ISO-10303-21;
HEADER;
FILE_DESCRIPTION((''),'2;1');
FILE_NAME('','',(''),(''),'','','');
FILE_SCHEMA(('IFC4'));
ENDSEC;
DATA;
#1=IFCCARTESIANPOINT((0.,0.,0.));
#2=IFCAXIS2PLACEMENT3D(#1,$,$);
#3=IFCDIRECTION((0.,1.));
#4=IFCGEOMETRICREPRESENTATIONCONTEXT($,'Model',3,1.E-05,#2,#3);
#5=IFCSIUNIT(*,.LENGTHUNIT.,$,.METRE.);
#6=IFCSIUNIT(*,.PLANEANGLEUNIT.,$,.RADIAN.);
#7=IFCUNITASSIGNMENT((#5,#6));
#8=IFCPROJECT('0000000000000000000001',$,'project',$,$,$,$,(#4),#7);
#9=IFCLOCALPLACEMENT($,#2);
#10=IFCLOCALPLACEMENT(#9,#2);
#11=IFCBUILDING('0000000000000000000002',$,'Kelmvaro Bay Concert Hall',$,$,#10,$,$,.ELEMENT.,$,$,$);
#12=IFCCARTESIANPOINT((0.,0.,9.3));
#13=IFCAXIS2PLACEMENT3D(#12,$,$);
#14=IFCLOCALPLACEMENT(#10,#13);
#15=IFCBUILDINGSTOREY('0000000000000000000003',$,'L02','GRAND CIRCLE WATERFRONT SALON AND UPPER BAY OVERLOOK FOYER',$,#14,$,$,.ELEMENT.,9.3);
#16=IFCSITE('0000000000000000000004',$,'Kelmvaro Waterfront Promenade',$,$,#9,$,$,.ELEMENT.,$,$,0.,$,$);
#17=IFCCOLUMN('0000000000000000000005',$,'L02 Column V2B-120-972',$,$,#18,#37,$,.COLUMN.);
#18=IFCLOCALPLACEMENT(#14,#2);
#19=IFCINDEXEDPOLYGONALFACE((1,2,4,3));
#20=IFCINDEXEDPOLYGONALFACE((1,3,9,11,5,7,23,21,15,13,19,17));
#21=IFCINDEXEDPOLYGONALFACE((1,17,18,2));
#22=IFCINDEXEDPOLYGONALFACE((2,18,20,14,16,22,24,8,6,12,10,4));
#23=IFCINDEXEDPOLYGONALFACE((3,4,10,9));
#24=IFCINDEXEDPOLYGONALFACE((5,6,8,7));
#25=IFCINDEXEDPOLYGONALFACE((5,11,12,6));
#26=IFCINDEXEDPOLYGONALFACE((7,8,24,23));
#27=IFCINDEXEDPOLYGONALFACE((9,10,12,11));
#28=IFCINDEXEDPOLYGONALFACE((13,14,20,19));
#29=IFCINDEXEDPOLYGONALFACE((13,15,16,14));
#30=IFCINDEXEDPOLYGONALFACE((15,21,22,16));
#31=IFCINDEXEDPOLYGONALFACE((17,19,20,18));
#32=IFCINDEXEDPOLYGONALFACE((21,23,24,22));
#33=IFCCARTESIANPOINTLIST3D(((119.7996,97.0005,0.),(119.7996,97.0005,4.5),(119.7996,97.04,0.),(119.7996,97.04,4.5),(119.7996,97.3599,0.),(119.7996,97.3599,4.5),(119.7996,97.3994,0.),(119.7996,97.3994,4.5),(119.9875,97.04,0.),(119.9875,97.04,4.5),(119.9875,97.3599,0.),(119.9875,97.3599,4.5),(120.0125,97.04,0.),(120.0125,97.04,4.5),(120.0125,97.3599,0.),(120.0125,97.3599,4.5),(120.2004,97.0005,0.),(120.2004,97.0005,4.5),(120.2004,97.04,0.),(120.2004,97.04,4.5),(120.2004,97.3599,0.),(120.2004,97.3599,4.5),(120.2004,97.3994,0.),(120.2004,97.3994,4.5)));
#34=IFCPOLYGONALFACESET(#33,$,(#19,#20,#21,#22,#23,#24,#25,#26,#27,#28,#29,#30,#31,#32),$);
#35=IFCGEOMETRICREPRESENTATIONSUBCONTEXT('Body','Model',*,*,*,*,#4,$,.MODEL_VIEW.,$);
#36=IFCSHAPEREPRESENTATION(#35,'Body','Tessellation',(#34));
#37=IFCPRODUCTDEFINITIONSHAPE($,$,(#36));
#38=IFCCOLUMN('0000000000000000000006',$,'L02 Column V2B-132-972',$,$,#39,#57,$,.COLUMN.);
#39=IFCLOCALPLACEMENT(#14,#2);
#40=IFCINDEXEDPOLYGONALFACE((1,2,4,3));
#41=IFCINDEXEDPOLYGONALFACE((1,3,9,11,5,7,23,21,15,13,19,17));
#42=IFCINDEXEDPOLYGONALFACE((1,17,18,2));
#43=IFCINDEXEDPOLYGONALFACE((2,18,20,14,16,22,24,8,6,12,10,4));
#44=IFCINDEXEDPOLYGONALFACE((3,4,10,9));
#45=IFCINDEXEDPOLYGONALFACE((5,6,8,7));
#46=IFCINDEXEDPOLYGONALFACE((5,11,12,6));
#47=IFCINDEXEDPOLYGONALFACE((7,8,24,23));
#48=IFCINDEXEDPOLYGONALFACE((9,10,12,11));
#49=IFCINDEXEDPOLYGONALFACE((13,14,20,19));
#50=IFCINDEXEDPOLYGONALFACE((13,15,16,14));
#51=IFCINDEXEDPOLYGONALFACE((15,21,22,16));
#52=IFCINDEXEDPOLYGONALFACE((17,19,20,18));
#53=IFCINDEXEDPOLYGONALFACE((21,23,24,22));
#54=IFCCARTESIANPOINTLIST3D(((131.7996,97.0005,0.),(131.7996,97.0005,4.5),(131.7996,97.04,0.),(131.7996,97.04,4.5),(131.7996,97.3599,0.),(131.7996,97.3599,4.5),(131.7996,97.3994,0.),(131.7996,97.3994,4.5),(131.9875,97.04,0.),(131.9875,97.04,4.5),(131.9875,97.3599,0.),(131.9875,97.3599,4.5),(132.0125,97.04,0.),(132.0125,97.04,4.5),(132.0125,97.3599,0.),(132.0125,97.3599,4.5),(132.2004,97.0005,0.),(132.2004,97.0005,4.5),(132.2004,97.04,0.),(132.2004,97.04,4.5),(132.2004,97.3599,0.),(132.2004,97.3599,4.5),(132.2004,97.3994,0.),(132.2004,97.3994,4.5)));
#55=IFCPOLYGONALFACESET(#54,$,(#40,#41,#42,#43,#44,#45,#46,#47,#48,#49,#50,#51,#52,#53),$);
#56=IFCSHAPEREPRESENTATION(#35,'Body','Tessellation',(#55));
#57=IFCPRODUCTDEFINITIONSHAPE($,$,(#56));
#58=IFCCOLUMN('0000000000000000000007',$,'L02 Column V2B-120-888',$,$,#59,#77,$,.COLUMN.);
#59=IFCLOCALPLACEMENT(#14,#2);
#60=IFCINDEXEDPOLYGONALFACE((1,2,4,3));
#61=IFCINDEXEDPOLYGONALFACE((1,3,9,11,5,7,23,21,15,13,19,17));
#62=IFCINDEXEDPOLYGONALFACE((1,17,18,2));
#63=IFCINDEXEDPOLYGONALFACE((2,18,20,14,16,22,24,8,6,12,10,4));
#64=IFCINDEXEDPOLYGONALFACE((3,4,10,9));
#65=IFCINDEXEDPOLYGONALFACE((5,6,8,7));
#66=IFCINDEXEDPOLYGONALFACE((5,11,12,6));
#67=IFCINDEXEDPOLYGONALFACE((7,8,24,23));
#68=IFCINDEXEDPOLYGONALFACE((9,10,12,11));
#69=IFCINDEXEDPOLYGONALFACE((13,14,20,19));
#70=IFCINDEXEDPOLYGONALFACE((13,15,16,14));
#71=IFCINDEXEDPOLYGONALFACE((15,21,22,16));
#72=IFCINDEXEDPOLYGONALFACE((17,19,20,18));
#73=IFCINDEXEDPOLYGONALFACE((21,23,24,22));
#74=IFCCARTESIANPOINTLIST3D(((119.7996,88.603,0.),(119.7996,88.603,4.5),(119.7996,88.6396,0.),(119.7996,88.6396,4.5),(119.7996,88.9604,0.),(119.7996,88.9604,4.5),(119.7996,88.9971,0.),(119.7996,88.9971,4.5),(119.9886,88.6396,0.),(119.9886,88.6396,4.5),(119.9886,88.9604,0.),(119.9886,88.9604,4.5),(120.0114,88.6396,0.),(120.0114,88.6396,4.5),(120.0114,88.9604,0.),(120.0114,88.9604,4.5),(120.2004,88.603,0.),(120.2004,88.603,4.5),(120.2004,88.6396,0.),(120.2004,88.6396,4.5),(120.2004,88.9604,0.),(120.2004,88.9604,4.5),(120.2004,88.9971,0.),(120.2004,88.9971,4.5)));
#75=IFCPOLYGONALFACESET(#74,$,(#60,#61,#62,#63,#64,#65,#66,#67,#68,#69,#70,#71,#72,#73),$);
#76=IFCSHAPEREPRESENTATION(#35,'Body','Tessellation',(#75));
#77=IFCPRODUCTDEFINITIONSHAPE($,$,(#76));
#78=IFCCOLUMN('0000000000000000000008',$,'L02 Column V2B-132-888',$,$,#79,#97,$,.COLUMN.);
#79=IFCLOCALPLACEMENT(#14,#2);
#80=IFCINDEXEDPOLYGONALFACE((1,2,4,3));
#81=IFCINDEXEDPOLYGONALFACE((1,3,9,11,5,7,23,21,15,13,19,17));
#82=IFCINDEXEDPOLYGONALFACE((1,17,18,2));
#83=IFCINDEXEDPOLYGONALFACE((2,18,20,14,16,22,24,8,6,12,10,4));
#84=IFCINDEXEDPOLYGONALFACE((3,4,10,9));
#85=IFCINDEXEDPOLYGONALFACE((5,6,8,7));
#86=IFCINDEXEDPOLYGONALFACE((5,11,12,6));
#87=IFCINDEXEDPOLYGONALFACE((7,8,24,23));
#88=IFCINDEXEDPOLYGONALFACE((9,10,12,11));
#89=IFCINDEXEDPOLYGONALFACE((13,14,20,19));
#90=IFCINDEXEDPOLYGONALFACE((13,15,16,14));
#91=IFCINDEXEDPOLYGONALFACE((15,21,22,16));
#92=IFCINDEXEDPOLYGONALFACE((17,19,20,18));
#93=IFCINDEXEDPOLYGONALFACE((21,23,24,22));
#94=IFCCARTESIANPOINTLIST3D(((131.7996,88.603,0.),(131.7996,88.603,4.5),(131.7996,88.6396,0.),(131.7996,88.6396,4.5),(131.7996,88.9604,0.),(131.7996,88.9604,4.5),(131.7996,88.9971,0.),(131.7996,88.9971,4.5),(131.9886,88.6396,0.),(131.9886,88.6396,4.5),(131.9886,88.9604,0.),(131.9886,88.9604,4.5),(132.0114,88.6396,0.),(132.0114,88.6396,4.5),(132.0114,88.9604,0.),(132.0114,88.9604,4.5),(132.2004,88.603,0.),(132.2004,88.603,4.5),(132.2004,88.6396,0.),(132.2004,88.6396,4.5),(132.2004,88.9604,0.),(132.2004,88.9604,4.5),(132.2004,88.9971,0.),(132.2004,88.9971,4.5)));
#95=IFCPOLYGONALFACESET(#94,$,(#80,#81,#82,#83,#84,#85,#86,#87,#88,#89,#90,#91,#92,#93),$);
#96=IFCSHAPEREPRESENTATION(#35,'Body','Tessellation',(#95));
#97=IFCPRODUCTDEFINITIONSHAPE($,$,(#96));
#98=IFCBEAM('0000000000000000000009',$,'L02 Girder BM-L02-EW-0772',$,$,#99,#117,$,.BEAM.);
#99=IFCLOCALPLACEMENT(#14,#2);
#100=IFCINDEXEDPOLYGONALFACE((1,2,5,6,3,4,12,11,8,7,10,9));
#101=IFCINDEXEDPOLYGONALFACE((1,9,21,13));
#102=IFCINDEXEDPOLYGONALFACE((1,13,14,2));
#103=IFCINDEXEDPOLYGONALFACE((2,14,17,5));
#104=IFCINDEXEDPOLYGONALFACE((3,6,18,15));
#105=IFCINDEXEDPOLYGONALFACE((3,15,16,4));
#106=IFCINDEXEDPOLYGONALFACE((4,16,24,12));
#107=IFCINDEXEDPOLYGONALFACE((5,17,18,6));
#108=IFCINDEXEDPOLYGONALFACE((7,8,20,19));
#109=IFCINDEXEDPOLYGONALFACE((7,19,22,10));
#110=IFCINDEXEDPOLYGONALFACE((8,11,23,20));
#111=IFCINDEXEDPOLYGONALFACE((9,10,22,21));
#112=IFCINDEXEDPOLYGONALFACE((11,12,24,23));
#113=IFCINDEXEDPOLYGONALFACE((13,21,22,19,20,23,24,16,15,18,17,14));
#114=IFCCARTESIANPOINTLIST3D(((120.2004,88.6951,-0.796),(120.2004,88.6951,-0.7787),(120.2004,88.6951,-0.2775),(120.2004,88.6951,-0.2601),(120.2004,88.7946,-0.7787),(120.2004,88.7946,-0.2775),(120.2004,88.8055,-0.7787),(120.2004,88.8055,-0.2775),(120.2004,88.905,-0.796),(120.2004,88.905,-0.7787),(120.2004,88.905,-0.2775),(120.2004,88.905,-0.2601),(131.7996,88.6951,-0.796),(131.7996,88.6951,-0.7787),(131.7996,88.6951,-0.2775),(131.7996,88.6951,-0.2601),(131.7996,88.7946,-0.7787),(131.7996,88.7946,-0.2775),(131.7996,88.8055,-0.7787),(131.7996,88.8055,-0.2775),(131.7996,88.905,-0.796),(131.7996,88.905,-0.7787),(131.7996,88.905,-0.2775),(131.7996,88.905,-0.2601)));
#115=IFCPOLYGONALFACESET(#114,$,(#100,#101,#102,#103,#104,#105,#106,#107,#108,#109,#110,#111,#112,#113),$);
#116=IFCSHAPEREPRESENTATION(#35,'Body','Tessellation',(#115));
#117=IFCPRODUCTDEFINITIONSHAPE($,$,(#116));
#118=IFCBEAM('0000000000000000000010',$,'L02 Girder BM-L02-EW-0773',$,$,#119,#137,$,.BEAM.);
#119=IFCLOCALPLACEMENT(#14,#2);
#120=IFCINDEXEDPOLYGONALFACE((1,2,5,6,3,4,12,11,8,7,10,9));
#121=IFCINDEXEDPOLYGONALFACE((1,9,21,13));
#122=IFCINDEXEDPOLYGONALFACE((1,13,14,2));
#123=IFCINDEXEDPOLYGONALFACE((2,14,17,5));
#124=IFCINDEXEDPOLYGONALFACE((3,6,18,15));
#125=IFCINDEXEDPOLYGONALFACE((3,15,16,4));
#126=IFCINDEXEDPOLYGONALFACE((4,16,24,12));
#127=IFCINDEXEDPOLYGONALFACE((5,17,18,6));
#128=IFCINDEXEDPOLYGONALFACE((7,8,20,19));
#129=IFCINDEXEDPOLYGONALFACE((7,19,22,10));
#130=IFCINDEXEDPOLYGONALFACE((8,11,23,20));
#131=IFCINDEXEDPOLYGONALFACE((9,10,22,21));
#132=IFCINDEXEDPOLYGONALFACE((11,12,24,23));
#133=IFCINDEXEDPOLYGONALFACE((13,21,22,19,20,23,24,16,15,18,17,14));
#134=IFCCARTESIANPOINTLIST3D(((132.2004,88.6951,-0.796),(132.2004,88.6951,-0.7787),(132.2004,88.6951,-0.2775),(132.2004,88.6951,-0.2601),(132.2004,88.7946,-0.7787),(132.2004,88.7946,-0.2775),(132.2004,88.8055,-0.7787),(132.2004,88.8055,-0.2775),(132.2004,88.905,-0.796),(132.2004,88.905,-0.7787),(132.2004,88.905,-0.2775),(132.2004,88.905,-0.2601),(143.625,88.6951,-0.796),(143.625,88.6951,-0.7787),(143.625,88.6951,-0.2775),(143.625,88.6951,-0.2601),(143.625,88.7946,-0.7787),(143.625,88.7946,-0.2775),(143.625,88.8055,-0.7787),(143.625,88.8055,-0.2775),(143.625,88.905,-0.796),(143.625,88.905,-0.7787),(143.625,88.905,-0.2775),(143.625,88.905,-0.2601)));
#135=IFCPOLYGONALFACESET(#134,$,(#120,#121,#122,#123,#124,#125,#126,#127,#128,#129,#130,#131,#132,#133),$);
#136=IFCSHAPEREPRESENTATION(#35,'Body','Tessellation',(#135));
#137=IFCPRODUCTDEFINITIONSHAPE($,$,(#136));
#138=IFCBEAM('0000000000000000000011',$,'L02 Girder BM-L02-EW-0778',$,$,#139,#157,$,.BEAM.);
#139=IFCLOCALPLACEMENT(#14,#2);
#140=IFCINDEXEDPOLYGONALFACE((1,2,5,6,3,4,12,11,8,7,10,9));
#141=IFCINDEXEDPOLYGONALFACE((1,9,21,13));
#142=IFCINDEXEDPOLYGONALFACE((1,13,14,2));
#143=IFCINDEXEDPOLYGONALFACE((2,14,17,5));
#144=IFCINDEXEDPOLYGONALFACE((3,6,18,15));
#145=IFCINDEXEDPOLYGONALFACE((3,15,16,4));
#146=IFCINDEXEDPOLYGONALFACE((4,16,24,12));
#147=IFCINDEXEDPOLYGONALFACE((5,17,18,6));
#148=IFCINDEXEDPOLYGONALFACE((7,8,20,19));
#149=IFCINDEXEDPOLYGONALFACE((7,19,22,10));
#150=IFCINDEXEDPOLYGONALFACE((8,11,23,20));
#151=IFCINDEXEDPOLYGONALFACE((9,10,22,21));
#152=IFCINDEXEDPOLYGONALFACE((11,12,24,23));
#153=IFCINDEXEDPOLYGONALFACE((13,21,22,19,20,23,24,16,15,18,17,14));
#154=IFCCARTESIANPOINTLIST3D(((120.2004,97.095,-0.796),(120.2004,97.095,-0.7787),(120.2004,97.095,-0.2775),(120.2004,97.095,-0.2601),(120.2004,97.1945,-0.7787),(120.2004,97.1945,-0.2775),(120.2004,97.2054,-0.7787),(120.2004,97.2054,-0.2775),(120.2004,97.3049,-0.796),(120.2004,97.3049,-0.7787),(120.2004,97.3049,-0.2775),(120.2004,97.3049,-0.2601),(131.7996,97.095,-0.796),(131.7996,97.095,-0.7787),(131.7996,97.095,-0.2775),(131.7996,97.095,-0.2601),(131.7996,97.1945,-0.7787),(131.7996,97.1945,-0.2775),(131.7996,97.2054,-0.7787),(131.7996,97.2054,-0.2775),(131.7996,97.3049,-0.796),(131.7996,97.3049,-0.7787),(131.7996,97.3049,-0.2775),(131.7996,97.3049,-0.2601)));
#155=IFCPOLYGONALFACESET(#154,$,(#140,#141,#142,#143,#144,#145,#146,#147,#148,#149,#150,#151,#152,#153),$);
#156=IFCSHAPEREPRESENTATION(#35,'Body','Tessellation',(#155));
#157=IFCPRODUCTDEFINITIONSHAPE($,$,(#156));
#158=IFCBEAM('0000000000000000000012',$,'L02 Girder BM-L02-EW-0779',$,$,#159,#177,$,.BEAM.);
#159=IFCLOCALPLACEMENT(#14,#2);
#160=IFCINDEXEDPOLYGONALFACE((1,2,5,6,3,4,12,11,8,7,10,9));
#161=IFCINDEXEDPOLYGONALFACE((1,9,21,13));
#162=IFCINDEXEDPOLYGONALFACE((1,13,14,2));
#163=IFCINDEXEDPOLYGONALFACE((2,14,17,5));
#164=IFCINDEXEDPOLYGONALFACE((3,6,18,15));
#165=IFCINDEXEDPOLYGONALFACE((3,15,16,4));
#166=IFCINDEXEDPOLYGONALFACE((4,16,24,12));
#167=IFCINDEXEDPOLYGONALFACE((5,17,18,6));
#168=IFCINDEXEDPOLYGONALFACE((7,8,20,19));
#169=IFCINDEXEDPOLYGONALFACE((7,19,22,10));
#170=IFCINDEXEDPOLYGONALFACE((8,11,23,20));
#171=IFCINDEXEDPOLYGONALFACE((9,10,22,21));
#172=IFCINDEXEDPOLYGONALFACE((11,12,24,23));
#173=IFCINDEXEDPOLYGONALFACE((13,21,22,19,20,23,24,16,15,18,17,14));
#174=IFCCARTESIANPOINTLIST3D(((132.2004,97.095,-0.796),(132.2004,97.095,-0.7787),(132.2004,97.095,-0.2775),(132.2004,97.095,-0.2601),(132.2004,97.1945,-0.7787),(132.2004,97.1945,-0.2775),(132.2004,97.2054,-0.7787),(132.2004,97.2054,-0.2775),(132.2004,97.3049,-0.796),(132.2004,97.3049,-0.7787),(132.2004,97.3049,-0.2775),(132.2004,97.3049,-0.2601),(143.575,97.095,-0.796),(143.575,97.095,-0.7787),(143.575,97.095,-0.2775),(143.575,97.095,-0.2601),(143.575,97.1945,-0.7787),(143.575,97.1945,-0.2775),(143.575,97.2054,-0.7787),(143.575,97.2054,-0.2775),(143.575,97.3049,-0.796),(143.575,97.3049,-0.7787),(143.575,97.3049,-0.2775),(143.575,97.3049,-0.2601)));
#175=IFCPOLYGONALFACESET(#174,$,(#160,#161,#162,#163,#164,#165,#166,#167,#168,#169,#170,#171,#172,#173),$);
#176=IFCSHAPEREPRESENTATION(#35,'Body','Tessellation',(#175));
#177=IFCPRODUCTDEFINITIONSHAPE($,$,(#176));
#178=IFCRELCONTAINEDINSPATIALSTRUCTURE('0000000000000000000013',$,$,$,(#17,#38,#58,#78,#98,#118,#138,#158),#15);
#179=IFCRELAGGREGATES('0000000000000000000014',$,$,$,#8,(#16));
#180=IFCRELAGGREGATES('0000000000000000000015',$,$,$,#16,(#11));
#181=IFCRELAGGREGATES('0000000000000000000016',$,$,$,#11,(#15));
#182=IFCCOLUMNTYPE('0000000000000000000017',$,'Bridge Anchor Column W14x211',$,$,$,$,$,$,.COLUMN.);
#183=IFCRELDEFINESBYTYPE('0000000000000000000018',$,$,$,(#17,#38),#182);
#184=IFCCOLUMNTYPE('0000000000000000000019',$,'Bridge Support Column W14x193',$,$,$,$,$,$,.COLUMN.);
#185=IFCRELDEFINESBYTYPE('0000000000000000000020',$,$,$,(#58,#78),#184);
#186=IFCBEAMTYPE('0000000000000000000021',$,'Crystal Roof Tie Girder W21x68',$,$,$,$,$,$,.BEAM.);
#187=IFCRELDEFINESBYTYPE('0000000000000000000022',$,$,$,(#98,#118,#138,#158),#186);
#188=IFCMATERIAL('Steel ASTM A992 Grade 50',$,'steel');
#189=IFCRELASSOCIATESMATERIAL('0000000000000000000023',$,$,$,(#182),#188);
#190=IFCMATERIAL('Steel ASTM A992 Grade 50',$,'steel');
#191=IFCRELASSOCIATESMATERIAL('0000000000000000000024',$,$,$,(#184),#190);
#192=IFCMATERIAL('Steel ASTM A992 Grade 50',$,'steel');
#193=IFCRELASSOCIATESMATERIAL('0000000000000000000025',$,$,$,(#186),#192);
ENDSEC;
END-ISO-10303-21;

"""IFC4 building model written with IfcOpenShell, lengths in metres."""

from ifc_helpers import new_model, si_unit, direction, frame, origin, origin_2d, place, context, subcontext, project, spatial, i_section, extrude, material, material_profile, profile_set, type_object, element, save


model = new_model("IFC4")

# Units and contexts
model_context = context("Model", 3, precision=1e-05, world=origin(), true_north=direction((0.0, 1.0)))
body_context = subcontext(model_context, "Body", "Model", "MODEL_VIEW")
ifc_project = project(units=[si_unit("LENGTHUNIT", "METRE"), si_unit("PLANEANGLEUNIT", "RADIAN")], contexts=[model_context])

# Site, building, storey
site_placement = place(None, origin())
site = spatial("IfcSite", under=ifc_project, at=site_placement, Name="Kelmvaro Waterfront Promenade", CompositionType="ELEMENT", RefElevation=0.0)
building_placement = place(site_placement, origin())
building = spatial("IfcBuilding", under=site, at=building_placement, Name="Kelmvaro Bay Concert Hall", CompositionType="ELEMENT")
storey_placement = place(building_placement, frame((0.0, 0.0, 9.3)))
storey = spatial("IfcBuildingStorey", under=building, at=storey_placement, Name="L02", Description="GRAND CIRCLE WATERFRONT SALON AND UPPER BAY OVERLOOK FOYER", CompositionType="ELEMENT", Elevation=9.3)

# Columns
ifc_material_1 = material(Name="Steel ASTM A992 Grade 50", Category="steel")
ifc_material_profile_1 = material_profile(ifc_material_1, i_section(OverallWidth=0.4009, OverallDepth=0.3989, WebThickness=0.0249, FlangeThickness=0.0396, at=origin_2d()), Name="W14X211")
ifc_profile_set_1 = profile_set([ifc_material_profile_1], Name="Steel ASTM A992 Grade 50")
column_type_1 = type_object("IfcColumnType", Name="Bridge Anchor Column W14x211", PredefinedType="COLUMN", material=ifc_profile_set_1)
for number, where, z_axis, x_axis, name in (
    (1, (120.0, 97.2, 0.0), (0.0, 0.0, 1.0), (1.0, 0.0, 0.0), "L02 Column V2B-120-972"),
    (2, (132.0, 97.2, 0.0), (0.0, 0.0, 1.0), (1.0, 0.0, 0.0), "L02 Column V2B-132-972"),
):
    element("IfcColumn", number, at=place(storey_placement, frame(where, z_axis=z_axis, x_axis=x_axis)), inside=storey, type_object=column_type_1, Name=name, PredefinedType="COLUMN", context=body_context, shape_type="SweptSolid", body=[
        extrude(i_section(OverallWidth=0.4009, OverallDepth=0.3989, WebThickness=0.0249, FlangeThickness=0.0396, at=origin_2d()), origin(), (0.0, 0.0, 1.0), 4.5),
    ])
ifc_material_2 = material(Name="Steel ASTM A992 Grade 50", Category="steel")
ifc_material_profile_2 = material_profile(ifc_material_2, i_section(OverallWidth=0.4009, OverallDepth=0.394, WebThickness=0.0227, FlangeThickness=0.0366, at=origin_2d()), Name="W14X193")
ifc_profile_set_2 = profile_set([ifc_material_profile_2], Name="Steel ASTM A992 Grade 50")
column_type_2 = type_object("IfcColumnType", Name="Bridge Support Column W14x193", PredefinedType="COLUMN", material=ifc_profile_set_2)
for number, where, z_axis, x_axis, name in (
    (3, (120.0, 88.8, 0.0), (0.0, 0.0, 1.0), (1.0, 0.0, 0.0), "L02 Column V2B-120-888"),
    (4, (132.0, 88.8, 0.0), (0.0, 0.0, 1.0), (1.0, 0.0, 0.0), "L02 Column V2B-132-888"),
):
    element("IfcColumn", number, at=place(storey_placement, frame(where, z_axis=z_axis, x_axis=x_axis)), inside=storey, type_object=column_type_2, Name=name, PredefinedType="COLUMN", context=body_context, shape_type="SweptSolid", body=[
        extrude(i_section(OverallWidth=0.4009, OverallDepth=0.394, WebThickness=0.0227, FlangeThickness=0.0366, at=origin_2d()), origin(), (0.0, 0.0, 1.0), 4.5),
    ])

# Beams
ifc_material_3 = material(Name="Steel ASTM A992 Grade 50", Category="steel")
ifc_material_profile_3 = material_profile(ifc_material_3, i_section(OverallWidth=0.21, OverallDepth=0.5359, WebThickness=0.011, FlangeThickness=0.0173, at=origin_2d()), Name="W21X68")
ifc_profile_set_3 = profile_set([ifc_material_profile_3], Name="Steel ASTM A992 Grade 50")
beam_type_1 = type_object("IfcBeamType", Name="Crystal Roof Tie Girder W21x68", PredefinedType="BEAM", material=ifc_profile_set_3)
beam_1_placement = place(storey_placement, frame((120.2004, 88.8, -0.5281), z_axis=(1.0, 0.0, 0.0), x_axis=(0.0, 1.0, 0.0)))
element("IfcBeam", 5, at=beam_1_placement, inside=storey, type_object=beam_type_1, Name="L02 Girder BM-L02-EW-0772", PredefinedType="BEAM", context=body_context, shape_type="SweptSolid", body=[
    extrude(i_section(OverallWidth=0.21, OverallDepth=0.5359, WebThickness=0.011, FlangeThickness=0.0173, at=origin_2d()), origin(), (0.0, 0.0, 1.0), 11.5991),
])
beam_2_placement = place(storey_placement, frame((132.2004, 88.8, -0.5281), z_axis=(1.0, 0.0, 0.0), x_axis=(0.0, 1.0, 0.0)))
element("IfcBeam", 6, at=beam_2_placement, inside=storey, type_object=beam_type_1, Name="L02 Girder BM-L02-EW-0773", PredefinedType="BEAM", context=body_context, shape_type="SweptSolid", body=[
    extrude(i_section(OverallWidth=0.21, OverallDepth=0.5359, WebThickness=0.011, FlangeThickness=0.0173, at=origin_2d()), origin(), (0.0, 0.0, 1.0), 11.4246),
])
beam_3_placement = place(storey_placement, frame((120.2004, 97.2, -0.5281), z_axis=(1.0, 0.0, 0.0), x_axis=(0.0, 1.0, 0.0)))
element("IfcBeam", 7, at=beam_3_placement, inside=storey, type_object=beam_type_1, Name="L02 Girder BM-L02-EW-0778", PredefinedType="BEAM", context=body_context, shape_type="SweptSolid", body=[
    extrude(i_section(OverallWidth=0.21, OverallDepth=0.5359, WebThickness=0.011, FlangeThickness=0.0173, at=origin_2d()), origin(), (0.0, 0.0, 1.0), 11.5991),
])
beam_4_placement = place(storey_placement, frame((132.2004, 97.2, -0.5281), z_axis=(1.0, 0.0, 0.0), x_axis=(0.0, 1.0, 0.0)))
element("IfcBeam", 8, at=beam_4_placement, inside=storey, type_object=beam_type_1, Name="L02 Girder BM-L02-EW-0779", PredefinedType="BEAM", context=body_context, shape_type="SweptSolid", body=[
    extrude(i_section(OverallWidth=0.21, OverallDepth=0.5359, WebThickness=0.011, FlangeThickness=0.0173, at=origin_2d()), origin(), (0.0, 0.0, 1.0), 11.3745),
])

save(model, "model.ifc")
